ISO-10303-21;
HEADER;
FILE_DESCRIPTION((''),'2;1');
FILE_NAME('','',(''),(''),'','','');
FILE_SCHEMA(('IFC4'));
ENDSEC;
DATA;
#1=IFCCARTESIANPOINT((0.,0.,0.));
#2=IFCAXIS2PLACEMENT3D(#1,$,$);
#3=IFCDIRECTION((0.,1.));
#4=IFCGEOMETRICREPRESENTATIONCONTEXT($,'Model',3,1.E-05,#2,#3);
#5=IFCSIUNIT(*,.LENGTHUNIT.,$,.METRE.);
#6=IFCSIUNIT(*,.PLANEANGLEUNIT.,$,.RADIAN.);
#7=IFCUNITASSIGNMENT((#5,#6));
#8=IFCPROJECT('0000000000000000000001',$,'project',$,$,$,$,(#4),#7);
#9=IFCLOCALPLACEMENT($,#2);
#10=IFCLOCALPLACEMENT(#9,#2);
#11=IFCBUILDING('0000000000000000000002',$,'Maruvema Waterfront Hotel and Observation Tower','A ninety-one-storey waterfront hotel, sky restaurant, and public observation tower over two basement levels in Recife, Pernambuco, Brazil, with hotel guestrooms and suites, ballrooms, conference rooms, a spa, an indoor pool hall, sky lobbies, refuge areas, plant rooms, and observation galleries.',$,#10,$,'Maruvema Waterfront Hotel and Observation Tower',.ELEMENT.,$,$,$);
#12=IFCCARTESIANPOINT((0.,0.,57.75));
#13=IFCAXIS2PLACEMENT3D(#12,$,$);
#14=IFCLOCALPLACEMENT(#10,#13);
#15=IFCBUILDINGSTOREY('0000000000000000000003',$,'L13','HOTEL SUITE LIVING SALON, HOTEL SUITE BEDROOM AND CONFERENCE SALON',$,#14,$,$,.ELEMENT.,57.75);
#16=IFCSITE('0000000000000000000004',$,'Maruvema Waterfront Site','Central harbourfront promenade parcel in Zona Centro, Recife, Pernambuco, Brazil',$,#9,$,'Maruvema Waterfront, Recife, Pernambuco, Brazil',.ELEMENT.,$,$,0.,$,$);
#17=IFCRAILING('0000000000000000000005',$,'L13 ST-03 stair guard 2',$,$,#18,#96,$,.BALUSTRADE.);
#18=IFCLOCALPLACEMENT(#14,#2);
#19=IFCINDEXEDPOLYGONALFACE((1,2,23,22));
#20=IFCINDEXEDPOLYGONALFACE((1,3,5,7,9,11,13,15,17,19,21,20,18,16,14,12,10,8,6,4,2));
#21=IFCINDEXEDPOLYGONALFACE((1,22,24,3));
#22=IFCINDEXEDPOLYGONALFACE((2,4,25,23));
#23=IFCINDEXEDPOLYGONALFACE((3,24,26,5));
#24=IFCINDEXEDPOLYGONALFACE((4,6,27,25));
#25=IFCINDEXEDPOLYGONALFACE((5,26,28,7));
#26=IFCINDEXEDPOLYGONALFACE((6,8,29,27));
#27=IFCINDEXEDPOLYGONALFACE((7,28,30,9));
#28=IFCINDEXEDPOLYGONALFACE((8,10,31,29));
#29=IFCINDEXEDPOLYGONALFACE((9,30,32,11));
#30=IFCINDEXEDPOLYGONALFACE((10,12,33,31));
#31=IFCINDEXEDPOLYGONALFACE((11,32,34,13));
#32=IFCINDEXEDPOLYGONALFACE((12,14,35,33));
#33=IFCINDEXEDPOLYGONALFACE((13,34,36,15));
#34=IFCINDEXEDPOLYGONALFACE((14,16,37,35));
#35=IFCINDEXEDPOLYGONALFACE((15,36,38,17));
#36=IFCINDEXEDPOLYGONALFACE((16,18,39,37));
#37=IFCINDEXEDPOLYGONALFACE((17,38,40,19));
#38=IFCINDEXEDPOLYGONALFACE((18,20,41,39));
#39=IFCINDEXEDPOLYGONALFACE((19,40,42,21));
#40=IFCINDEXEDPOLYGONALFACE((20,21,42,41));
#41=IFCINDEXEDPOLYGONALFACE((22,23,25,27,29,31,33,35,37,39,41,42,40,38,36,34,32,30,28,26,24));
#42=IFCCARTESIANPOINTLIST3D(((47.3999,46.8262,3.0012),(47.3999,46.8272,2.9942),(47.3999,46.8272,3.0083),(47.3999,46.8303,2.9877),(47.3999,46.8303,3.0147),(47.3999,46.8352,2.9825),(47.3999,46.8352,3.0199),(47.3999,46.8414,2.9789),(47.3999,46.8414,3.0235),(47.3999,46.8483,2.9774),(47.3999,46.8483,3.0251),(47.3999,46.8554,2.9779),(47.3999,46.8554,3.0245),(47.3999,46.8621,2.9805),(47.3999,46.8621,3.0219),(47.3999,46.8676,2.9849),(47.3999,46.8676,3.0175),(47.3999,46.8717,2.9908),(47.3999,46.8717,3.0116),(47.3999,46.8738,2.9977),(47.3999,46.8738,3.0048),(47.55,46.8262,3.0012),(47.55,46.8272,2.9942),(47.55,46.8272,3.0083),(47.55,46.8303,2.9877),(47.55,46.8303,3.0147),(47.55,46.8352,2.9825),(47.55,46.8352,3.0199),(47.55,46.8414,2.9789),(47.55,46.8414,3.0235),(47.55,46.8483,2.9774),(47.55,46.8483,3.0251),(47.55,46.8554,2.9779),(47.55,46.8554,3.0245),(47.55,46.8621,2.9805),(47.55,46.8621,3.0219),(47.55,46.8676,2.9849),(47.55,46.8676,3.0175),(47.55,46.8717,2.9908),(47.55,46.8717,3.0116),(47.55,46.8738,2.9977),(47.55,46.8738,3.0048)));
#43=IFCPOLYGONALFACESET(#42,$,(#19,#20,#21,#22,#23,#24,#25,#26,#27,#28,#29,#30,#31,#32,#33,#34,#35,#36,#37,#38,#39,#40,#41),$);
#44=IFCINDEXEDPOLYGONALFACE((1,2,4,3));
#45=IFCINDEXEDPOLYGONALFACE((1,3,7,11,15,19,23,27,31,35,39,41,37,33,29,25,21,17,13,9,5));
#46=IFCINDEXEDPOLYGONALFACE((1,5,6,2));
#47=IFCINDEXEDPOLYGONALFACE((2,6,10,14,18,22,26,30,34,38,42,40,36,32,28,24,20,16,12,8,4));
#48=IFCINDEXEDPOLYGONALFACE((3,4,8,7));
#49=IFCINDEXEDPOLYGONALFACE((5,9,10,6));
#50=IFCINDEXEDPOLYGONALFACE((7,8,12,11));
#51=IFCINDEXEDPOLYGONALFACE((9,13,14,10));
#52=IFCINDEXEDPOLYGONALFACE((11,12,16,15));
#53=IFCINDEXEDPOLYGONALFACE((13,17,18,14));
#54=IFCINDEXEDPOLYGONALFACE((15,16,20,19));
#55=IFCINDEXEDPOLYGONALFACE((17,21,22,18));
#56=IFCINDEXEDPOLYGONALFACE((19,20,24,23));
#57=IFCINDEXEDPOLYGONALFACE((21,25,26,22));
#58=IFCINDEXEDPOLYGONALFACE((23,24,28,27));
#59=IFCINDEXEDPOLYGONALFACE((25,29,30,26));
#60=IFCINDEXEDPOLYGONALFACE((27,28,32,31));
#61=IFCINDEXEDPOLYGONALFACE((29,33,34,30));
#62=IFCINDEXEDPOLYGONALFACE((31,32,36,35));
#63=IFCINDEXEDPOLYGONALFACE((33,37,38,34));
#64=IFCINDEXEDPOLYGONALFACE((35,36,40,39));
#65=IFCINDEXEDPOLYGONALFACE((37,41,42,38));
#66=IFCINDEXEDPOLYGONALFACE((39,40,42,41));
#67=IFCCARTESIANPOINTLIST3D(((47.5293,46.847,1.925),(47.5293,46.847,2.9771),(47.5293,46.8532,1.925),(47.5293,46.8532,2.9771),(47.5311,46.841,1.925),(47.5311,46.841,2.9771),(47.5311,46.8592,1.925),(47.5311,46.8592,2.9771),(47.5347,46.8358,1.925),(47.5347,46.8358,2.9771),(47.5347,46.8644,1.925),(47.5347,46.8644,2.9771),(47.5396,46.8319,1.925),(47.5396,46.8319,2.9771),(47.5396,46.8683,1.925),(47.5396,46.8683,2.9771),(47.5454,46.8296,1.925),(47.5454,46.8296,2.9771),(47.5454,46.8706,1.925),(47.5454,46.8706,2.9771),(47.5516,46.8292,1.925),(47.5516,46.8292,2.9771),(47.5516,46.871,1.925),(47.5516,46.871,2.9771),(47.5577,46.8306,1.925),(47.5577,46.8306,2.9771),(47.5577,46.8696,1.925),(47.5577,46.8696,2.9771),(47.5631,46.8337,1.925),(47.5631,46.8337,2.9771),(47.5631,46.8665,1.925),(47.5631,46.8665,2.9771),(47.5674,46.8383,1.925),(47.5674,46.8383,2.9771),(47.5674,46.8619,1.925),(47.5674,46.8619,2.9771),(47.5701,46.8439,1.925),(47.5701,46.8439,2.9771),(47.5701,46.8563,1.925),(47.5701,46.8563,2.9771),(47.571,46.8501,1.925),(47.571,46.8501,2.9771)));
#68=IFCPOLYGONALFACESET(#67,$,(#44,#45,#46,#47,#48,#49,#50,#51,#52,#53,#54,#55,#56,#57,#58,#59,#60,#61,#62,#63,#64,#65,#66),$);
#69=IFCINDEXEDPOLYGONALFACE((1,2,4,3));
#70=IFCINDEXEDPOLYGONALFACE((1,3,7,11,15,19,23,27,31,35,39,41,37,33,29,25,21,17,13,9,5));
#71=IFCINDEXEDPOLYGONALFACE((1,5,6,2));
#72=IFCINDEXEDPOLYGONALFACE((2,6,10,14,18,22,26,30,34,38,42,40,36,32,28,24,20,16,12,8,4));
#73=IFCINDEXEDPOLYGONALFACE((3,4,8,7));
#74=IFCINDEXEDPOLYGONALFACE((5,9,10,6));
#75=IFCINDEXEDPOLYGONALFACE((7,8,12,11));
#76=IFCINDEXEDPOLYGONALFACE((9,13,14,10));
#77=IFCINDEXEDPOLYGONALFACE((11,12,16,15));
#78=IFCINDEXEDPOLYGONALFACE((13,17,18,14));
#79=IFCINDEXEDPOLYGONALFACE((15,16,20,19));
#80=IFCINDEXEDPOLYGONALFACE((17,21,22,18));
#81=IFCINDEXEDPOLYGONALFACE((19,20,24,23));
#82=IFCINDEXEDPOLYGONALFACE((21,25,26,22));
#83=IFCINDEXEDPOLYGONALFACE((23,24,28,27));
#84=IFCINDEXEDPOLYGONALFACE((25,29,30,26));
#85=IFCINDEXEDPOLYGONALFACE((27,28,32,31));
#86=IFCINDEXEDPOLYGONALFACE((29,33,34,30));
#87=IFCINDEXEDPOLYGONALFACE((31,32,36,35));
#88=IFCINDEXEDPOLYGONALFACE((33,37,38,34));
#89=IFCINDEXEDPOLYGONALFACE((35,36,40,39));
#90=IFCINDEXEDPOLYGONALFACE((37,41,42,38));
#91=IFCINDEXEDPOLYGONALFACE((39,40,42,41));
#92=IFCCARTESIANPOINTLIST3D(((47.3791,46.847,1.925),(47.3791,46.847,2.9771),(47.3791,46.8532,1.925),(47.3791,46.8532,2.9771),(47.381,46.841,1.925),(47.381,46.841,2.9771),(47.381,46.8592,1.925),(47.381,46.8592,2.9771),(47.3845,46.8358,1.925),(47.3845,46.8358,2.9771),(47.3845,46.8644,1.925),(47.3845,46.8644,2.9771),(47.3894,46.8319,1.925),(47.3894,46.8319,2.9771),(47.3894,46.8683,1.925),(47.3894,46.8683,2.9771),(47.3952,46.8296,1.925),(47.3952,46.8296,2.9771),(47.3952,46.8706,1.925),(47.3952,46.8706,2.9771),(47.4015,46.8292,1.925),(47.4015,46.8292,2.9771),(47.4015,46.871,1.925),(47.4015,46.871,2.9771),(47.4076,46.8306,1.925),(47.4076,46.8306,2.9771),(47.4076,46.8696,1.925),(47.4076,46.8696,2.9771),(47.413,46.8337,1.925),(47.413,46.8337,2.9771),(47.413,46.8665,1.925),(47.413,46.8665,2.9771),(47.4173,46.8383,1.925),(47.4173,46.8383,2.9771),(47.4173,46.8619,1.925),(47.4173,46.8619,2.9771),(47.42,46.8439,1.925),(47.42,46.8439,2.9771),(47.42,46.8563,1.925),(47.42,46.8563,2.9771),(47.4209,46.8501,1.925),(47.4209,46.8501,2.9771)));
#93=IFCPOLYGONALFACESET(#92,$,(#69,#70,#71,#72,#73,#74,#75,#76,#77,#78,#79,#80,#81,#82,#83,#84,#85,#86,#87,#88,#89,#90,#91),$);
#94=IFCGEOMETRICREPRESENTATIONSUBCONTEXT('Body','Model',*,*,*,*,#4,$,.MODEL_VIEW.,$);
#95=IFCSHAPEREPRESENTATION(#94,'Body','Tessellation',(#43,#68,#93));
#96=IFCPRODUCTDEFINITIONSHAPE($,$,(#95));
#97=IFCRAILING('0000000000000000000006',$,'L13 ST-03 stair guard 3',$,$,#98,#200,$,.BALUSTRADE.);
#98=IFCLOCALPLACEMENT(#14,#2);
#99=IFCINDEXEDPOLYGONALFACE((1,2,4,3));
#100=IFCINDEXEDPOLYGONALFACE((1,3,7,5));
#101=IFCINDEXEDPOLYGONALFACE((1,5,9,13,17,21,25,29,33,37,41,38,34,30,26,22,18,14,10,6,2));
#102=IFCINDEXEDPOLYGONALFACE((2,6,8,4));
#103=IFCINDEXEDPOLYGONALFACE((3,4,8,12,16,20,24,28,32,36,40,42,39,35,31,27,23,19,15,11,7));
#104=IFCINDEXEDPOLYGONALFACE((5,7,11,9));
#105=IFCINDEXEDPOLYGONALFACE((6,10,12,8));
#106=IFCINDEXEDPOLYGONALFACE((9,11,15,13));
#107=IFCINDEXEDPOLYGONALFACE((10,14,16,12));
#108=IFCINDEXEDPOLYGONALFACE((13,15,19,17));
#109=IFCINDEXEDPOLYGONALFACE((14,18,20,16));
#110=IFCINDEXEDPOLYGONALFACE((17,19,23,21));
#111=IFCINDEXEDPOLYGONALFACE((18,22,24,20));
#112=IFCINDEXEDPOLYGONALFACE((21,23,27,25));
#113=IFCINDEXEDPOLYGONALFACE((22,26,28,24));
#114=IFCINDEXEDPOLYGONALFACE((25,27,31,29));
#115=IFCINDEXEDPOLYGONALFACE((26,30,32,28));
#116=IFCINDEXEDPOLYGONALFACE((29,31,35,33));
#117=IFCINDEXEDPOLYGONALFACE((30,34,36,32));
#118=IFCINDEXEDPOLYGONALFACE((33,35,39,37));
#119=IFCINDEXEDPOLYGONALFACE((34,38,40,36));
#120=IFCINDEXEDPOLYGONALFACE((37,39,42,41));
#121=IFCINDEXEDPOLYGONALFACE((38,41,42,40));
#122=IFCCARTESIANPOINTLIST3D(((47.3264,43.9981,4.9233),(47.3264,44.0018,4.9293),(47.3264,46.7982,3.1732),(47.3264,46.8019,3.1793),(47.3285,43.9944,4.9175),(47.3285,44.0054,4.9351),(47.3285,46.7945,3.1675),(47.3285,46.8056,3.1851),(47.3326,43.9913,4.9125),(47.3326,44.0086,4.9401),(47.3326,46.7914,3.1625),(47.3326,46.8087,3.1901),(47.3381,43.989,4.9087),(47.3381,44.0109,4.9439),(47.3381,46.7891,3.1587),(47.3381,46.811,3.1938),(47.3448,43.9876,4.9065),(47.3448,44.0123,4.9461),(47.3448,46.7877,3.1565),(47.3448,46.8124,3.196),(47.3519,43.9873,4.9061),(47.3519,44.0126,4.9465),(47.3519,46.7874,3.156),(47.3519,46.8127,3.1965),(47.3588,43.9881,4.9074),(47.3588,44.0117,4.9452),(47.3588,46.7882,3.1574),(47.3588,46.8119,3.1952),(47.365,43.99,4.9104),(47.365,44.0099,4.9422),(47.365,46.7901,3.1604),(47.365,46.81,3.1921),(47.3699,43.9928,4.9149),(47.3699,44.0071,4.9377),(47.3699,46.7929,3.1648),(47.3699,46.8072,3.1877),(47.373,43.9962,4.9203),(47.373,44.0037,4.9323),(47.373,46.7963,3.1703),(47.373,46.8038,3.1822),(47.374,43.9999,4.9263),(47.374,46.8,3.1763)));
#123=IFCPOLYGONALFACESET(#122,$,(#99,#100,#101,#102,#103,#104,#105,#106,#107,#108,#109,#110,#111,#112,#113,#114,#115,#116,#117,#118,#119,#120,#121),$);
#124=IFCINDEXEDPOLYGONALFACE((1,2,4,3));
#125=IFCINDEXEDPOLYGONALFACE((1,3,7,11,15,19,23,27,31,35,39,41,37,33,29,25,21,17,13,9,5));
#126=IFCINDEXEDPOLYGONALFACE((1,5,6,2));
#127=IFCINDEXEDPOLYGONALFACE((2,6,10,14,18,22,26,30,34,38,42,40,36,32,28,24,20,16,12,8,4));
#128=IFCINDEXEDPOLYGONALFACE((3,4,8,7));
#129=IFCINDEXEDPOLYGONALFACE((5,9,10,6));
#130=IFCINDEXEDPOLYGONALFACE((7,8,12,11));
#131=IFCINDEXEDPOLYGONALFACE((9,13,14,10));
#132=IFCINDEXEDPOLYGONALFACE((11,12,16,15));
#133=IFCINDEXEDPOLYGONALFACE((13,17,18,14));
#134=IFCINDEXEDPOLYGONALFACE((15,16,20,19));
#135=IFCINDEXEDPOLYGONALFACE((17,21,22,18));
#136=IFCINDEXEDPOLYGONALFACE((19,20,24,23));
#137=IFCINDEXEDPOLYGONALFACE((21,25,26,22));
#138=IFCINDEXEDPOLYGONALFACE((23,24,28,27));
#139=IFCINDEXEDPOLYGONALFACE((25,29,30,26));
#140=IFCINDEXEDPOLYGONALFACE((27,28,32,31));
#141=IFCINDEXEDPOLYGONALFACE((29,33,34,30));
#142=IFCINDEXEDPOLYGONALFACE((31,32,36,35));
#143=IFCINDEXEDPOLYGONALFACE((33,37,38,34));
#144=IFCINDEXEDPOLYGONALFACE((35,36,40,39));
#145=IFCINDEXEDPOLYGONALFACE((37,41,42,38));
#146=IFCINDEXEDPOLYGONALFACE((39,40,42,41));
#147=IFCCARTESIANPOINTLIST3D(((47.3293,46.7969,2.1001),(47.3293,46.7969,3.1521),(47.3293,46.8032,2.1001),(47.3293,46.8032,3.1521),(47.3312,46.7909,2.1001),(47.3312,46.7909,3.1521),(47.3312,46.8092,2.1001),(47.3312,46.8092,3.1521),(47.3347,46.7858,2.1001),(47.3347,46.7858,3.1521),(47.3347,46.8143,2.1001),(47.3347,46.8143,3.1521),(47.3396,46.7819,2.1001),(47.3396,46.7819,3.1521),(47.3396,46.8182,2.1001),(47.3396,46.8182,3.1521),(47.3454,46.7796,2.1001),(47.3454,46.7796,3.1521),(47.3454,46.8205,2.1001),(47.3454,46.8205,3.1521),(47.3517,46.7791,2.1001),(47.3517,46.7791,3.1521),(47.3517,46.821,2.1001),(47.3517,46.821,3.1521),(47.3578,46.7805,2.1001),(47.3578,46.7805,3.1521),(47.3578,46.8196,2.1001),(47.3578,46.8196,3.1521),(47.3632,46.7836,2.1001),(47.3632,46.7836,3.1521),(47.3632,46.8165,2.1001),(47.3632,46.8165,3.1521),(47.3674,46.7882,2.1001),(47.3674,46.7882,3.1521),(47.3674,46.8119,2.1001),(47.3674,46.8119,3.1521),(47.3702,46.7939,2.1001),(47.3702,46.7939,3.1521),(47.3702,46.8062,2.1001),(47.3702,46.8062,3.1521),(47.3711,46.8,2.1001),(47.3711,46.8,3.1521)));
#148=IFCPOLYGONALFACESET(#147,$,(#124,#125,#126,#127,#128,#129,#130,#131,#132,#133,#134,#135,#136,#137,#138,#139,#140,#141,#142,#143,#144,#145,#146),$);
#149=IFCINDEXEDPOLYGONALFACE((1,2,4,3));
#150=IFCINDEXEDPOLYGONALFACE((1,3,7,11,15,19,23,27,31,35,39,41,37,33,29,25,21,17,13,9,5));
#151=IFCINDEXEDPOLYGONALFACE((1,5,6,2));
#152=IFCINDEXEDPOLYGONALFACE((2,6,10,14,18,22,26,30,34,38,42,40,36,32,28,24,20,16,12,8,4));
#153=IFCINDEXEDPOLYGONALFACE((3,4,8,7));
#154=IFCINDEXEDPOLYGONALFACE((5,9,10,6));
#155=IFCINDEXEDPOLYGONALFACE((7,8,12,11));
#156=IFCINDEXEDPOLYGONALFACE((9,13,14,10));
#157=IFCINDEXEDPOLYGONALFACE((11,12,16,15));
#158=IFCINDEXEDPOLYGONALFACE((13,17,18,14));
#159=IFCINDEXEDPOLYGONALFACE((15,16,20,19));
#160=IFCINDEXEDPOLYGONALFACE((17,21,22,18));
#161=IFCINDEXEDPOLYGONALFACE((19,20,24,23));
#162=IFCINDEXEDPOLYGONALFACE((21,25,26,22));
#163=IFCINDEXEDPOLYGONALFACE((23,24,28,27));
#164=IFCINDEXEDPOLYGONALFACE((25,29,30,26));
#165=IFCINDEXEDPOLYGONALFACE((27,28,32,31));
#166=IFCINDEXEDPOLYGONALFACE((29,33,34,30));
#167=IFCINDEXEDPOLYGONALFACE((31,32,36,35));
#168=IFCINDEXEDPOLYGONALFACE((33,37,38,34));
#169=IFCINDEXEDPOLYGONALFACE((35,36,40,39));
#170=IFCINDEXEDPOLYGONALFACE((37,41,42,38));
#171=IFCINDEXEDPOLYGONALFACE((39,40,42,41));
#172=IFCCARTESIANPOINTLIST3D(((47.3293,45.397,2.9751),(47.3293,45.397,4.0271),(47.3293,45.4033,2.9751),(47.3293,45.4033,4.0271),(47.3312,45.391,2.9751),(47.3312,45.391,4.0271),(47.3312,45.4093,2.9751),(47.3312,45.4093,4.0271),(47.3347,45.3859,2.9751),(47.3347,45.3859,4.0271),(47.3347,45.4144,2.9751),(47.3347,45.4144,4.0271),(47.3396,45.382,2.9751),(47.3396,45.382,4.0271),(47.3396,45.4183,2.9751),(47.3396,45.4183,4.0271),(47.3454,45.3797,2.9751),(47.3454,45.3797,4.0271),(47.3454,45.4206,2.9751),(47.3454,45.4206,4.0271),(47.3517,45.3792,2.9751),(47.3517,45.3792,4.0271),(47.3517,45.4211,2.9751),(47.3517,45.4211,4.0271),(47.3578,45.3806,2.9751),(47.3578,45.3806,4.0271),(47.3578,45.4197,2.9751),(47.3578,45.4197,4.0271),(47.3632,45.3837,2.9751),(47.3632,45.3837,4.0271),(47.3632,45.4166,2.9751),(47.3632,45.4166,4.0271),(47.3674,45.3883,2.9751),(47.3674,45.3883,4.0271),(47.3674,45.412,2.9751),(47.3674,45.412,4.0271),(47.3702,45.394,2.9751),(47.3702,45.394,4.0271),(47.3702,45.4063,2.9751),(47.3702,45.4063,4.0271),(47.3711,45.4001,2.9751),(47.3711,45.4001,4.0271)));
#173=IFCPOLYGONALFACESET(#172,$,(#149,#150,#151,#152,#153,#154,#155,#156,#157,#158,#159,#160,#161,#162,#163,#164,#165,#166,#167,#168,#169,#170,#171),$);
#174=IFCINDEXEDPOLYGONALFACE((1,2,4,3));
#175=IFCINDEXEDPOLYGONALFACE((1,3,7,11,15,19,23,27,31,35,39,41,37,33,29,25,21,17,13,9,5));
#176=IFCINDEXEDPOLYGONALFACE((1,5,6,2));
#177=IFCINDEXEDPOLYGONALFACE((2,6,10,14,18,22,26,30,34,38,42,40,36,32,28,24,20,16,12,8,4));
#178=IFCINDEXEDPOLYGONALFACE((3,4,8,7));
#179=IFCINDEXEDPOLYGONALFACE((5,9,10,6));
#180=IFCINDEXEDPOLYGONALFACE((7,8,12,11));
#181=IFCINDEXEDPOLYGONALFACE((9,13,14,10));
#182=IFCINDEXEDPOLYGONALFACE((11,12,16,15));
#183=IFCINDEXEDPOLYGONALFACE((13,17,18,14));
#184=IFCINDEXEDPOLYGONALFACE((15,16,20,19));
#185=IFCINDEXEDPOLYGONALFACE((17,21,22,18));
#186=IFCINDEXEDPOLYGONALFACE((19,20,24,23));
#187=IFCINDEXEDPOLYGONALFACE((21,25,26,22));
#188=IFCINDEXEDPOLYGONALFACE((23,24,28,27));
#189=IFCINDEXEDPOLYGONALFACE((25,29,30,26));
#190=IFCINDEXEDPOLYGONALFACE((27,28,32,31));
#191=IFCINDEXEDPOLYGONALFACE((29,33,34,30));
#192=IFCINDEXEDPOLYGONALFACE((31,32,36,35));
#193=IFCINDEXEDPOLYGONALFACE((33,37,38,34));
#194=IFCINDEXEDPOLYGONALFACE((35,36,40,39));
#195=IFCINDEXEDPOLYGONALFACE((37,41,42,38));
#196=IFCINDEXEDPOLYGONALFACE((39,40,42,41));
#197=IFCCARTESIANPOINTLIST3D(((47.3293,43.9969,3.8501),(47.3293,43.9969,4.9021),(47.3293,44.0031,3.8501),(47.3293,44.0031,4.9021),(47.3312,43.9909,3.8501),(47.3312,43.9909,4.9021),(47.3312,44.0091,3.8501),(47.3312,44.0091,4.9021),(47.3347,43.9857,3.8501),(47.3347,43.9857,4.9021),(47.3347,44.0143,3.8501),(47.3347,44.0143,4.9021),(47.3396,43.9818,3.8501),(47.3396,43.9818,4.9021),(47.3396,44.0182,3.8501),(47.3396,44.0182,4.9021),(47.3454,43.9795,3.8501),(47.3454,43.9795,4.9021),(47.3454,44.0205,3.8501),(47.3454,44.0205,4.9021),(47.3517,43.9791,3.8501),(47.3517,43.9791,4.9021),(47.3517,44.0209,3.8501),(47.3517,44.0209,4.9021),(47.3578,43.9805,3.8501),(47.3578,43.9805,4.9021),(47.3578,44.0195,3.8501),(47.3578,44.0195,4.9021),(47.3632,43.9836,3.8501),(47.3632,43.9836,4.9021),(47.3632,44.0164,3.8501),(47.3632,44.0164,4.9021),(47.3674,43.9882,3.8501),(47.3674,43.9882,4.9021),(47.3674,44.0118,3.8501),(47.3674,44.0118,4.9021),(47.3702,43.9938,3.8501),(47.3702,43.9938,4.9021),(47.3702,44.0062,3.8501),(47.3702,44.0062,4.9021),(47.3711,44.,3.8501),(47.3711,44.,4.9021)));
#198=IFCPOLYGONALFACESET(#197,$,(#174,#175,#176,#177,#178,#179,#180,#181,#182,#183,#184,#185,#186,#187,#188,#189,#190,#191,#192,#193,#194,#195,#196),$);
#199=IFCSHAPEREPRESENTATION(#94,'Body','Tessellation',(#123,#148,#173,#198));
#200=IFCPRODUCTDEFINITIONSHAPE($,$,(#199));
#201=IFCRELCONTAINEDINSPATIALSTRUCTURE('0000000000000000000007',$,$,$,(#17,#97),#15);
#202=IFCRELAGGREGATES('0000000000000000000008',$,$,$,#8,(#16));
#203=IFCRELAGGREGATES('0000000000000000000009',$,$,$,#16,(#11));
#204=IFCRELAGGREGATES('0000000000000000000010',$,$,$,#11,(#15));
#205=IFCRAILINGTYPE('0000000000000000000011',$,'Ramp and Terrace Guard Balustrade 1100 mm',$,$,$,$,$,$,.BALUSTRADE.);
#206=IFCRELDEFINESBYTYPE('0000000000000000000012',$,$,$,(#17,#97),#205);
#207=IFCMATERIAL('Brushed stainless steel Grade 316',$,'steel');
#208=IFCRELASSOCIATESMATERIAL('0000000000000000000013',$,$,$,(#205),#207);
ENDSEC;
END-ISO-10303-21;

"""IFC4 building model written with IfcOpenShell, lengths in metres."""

from ifc_helpers import new_model, si_unit, direction, frame, origin, origin_2d, place, context, subcontext, project, spatial, circle, extrude, material, type_object, element, save


model = new_model("IFC4")

# Units and contexts
model_context = context("Model", 3, precision=1e-05, world=origin(), true_north=direction((0.0, 1.0)))
body_context = subcontext(model_context, "Body", "Model", "MODEL_VIEW")
ifc_project = project(units=[si_unit("LENGTHUNIT", "METRE"), si_unit("PLANEANGLEUNIT", "RADIAN")], contexts=[model_context])

# Site, building, storey
site_placement = place(None, origin())
site = spatial("IfcSite", under=ifc_project, at=site_placement, Name="Maruvema Waterfront Site", Description="Central harbourfront promenade parcel in Zona Centro, Recife, Pernambuco, Brazil", LongName="Maruvema Waterfront, Recife, Pernambuco, Brazil", CompositionType="ELEMENT", RefElevation=0.0)
building_placement = place(site_placement, origin())
building = spatial("IfcBuilding", under=site, at=building_placement, Name="Maruvema Waterfront Hotel and Observation Tower", Description="A ninety-one-storey waterfront hotel, sky restaurant, and public observation tower over two basement levels in Recife, Pernambuco, Brazil, with hotel guestrooms and suites, ballrooms, conference rooms, a spa, an indoor pool hall, sky lobbies, refuge areas, plant rooms, and observation galleries.", LongName="Maruvema Waterfront Hotel and Observation Tower", CompositionType="ELEMENT")
storey_placement = place(building_placement, frame((0.0, 0.0, 57.75)))
storey = spatial("IfcBuildingStorey", under=building, at=storey_placement, Name="L13", Description="HOTEL SUITE LIVING SALON, HOTEL SUITE BEDROOM AND CONFERENCE SALON", CompositionType="ELEMENT", Elevation=57.75)

# Railings
ifc_material_1 = material(Name="Brushed stainless steel Grade 316", Category="steel")
railing_type_1 = type_object("IfcRailingType", Name="Ramp and Terrace Guard Balustrade 1100 mm", PredefinedType="BALUSTRADE", material=ifc_material_1)
railing_1_placement = place(storey_placement, frame((47.55, 46.8501, 1.925)))
element("IfcRailing", 1, at=railing_1_placement, inside=storey, type_object=railing_type_1, Name="L13 ST-03 stair guard 2", PredefinedType="BALUSTRADE", context=body_context, shape_type="SweptSolid", body=[
    extrude(circle(Radius=0.0239, at=origin_2d()), frame((0.0, 0.0, 1.0762), z_axis=(-1.0, 0.0, 0.0), x_axis=(0.0, -1.0, 0.0)), (0.0, 0.0, 1.0), 0.1501),
    extrude(circle(Radius=0.021, at=origin_2d()), origin(), (0.0, 0.0, 1.0), 1.052),
    extrude(circle(Radius=0.021, at=origin_2d()), frame((-0.1501, 0.0, 0.0)), (0.0, 0.0, 1.0), 1.052),
])
railing_2_placement = place(storey_placement, frame((47.3501, 46.8, 2.1001)))
element("IfcRailing", 2, at=railing_2_placement, inside=storey, type_object=railing_type_1, Name="L13 ST-03 stair guard 3", PredefinedType="BALUSTRADE", context=body_context, shape_type="SweptSolid", body=[
    extrude(circle(Radius=0.0239, at=origin_2d()), frame((0.0, 0.0, 1.0762), z_axis=(0.0, -0.848002, 0.529992), x_axis=(1.0, 0.0, 0.0)), (0.0, 0.0, 1.0), 3.302),
    extrude(circle(Radius=0.021, at=origin_2d()), origin(), (0.0, 0.0, 1.0), 1.052),
    extrude(circle(Radius=0.021, at=origin_2d()), frame((0.0, -1.3999, 0.875)), (0.0, 0.0, 1.0), 1.052),
    extrude(circle(Radius=0.021, at=origin_2d()), frame((0.0, -2.8, 1.75)), (0.0, 0.0, 1.0), 1.052),
])

save(model, "model.ifc")
